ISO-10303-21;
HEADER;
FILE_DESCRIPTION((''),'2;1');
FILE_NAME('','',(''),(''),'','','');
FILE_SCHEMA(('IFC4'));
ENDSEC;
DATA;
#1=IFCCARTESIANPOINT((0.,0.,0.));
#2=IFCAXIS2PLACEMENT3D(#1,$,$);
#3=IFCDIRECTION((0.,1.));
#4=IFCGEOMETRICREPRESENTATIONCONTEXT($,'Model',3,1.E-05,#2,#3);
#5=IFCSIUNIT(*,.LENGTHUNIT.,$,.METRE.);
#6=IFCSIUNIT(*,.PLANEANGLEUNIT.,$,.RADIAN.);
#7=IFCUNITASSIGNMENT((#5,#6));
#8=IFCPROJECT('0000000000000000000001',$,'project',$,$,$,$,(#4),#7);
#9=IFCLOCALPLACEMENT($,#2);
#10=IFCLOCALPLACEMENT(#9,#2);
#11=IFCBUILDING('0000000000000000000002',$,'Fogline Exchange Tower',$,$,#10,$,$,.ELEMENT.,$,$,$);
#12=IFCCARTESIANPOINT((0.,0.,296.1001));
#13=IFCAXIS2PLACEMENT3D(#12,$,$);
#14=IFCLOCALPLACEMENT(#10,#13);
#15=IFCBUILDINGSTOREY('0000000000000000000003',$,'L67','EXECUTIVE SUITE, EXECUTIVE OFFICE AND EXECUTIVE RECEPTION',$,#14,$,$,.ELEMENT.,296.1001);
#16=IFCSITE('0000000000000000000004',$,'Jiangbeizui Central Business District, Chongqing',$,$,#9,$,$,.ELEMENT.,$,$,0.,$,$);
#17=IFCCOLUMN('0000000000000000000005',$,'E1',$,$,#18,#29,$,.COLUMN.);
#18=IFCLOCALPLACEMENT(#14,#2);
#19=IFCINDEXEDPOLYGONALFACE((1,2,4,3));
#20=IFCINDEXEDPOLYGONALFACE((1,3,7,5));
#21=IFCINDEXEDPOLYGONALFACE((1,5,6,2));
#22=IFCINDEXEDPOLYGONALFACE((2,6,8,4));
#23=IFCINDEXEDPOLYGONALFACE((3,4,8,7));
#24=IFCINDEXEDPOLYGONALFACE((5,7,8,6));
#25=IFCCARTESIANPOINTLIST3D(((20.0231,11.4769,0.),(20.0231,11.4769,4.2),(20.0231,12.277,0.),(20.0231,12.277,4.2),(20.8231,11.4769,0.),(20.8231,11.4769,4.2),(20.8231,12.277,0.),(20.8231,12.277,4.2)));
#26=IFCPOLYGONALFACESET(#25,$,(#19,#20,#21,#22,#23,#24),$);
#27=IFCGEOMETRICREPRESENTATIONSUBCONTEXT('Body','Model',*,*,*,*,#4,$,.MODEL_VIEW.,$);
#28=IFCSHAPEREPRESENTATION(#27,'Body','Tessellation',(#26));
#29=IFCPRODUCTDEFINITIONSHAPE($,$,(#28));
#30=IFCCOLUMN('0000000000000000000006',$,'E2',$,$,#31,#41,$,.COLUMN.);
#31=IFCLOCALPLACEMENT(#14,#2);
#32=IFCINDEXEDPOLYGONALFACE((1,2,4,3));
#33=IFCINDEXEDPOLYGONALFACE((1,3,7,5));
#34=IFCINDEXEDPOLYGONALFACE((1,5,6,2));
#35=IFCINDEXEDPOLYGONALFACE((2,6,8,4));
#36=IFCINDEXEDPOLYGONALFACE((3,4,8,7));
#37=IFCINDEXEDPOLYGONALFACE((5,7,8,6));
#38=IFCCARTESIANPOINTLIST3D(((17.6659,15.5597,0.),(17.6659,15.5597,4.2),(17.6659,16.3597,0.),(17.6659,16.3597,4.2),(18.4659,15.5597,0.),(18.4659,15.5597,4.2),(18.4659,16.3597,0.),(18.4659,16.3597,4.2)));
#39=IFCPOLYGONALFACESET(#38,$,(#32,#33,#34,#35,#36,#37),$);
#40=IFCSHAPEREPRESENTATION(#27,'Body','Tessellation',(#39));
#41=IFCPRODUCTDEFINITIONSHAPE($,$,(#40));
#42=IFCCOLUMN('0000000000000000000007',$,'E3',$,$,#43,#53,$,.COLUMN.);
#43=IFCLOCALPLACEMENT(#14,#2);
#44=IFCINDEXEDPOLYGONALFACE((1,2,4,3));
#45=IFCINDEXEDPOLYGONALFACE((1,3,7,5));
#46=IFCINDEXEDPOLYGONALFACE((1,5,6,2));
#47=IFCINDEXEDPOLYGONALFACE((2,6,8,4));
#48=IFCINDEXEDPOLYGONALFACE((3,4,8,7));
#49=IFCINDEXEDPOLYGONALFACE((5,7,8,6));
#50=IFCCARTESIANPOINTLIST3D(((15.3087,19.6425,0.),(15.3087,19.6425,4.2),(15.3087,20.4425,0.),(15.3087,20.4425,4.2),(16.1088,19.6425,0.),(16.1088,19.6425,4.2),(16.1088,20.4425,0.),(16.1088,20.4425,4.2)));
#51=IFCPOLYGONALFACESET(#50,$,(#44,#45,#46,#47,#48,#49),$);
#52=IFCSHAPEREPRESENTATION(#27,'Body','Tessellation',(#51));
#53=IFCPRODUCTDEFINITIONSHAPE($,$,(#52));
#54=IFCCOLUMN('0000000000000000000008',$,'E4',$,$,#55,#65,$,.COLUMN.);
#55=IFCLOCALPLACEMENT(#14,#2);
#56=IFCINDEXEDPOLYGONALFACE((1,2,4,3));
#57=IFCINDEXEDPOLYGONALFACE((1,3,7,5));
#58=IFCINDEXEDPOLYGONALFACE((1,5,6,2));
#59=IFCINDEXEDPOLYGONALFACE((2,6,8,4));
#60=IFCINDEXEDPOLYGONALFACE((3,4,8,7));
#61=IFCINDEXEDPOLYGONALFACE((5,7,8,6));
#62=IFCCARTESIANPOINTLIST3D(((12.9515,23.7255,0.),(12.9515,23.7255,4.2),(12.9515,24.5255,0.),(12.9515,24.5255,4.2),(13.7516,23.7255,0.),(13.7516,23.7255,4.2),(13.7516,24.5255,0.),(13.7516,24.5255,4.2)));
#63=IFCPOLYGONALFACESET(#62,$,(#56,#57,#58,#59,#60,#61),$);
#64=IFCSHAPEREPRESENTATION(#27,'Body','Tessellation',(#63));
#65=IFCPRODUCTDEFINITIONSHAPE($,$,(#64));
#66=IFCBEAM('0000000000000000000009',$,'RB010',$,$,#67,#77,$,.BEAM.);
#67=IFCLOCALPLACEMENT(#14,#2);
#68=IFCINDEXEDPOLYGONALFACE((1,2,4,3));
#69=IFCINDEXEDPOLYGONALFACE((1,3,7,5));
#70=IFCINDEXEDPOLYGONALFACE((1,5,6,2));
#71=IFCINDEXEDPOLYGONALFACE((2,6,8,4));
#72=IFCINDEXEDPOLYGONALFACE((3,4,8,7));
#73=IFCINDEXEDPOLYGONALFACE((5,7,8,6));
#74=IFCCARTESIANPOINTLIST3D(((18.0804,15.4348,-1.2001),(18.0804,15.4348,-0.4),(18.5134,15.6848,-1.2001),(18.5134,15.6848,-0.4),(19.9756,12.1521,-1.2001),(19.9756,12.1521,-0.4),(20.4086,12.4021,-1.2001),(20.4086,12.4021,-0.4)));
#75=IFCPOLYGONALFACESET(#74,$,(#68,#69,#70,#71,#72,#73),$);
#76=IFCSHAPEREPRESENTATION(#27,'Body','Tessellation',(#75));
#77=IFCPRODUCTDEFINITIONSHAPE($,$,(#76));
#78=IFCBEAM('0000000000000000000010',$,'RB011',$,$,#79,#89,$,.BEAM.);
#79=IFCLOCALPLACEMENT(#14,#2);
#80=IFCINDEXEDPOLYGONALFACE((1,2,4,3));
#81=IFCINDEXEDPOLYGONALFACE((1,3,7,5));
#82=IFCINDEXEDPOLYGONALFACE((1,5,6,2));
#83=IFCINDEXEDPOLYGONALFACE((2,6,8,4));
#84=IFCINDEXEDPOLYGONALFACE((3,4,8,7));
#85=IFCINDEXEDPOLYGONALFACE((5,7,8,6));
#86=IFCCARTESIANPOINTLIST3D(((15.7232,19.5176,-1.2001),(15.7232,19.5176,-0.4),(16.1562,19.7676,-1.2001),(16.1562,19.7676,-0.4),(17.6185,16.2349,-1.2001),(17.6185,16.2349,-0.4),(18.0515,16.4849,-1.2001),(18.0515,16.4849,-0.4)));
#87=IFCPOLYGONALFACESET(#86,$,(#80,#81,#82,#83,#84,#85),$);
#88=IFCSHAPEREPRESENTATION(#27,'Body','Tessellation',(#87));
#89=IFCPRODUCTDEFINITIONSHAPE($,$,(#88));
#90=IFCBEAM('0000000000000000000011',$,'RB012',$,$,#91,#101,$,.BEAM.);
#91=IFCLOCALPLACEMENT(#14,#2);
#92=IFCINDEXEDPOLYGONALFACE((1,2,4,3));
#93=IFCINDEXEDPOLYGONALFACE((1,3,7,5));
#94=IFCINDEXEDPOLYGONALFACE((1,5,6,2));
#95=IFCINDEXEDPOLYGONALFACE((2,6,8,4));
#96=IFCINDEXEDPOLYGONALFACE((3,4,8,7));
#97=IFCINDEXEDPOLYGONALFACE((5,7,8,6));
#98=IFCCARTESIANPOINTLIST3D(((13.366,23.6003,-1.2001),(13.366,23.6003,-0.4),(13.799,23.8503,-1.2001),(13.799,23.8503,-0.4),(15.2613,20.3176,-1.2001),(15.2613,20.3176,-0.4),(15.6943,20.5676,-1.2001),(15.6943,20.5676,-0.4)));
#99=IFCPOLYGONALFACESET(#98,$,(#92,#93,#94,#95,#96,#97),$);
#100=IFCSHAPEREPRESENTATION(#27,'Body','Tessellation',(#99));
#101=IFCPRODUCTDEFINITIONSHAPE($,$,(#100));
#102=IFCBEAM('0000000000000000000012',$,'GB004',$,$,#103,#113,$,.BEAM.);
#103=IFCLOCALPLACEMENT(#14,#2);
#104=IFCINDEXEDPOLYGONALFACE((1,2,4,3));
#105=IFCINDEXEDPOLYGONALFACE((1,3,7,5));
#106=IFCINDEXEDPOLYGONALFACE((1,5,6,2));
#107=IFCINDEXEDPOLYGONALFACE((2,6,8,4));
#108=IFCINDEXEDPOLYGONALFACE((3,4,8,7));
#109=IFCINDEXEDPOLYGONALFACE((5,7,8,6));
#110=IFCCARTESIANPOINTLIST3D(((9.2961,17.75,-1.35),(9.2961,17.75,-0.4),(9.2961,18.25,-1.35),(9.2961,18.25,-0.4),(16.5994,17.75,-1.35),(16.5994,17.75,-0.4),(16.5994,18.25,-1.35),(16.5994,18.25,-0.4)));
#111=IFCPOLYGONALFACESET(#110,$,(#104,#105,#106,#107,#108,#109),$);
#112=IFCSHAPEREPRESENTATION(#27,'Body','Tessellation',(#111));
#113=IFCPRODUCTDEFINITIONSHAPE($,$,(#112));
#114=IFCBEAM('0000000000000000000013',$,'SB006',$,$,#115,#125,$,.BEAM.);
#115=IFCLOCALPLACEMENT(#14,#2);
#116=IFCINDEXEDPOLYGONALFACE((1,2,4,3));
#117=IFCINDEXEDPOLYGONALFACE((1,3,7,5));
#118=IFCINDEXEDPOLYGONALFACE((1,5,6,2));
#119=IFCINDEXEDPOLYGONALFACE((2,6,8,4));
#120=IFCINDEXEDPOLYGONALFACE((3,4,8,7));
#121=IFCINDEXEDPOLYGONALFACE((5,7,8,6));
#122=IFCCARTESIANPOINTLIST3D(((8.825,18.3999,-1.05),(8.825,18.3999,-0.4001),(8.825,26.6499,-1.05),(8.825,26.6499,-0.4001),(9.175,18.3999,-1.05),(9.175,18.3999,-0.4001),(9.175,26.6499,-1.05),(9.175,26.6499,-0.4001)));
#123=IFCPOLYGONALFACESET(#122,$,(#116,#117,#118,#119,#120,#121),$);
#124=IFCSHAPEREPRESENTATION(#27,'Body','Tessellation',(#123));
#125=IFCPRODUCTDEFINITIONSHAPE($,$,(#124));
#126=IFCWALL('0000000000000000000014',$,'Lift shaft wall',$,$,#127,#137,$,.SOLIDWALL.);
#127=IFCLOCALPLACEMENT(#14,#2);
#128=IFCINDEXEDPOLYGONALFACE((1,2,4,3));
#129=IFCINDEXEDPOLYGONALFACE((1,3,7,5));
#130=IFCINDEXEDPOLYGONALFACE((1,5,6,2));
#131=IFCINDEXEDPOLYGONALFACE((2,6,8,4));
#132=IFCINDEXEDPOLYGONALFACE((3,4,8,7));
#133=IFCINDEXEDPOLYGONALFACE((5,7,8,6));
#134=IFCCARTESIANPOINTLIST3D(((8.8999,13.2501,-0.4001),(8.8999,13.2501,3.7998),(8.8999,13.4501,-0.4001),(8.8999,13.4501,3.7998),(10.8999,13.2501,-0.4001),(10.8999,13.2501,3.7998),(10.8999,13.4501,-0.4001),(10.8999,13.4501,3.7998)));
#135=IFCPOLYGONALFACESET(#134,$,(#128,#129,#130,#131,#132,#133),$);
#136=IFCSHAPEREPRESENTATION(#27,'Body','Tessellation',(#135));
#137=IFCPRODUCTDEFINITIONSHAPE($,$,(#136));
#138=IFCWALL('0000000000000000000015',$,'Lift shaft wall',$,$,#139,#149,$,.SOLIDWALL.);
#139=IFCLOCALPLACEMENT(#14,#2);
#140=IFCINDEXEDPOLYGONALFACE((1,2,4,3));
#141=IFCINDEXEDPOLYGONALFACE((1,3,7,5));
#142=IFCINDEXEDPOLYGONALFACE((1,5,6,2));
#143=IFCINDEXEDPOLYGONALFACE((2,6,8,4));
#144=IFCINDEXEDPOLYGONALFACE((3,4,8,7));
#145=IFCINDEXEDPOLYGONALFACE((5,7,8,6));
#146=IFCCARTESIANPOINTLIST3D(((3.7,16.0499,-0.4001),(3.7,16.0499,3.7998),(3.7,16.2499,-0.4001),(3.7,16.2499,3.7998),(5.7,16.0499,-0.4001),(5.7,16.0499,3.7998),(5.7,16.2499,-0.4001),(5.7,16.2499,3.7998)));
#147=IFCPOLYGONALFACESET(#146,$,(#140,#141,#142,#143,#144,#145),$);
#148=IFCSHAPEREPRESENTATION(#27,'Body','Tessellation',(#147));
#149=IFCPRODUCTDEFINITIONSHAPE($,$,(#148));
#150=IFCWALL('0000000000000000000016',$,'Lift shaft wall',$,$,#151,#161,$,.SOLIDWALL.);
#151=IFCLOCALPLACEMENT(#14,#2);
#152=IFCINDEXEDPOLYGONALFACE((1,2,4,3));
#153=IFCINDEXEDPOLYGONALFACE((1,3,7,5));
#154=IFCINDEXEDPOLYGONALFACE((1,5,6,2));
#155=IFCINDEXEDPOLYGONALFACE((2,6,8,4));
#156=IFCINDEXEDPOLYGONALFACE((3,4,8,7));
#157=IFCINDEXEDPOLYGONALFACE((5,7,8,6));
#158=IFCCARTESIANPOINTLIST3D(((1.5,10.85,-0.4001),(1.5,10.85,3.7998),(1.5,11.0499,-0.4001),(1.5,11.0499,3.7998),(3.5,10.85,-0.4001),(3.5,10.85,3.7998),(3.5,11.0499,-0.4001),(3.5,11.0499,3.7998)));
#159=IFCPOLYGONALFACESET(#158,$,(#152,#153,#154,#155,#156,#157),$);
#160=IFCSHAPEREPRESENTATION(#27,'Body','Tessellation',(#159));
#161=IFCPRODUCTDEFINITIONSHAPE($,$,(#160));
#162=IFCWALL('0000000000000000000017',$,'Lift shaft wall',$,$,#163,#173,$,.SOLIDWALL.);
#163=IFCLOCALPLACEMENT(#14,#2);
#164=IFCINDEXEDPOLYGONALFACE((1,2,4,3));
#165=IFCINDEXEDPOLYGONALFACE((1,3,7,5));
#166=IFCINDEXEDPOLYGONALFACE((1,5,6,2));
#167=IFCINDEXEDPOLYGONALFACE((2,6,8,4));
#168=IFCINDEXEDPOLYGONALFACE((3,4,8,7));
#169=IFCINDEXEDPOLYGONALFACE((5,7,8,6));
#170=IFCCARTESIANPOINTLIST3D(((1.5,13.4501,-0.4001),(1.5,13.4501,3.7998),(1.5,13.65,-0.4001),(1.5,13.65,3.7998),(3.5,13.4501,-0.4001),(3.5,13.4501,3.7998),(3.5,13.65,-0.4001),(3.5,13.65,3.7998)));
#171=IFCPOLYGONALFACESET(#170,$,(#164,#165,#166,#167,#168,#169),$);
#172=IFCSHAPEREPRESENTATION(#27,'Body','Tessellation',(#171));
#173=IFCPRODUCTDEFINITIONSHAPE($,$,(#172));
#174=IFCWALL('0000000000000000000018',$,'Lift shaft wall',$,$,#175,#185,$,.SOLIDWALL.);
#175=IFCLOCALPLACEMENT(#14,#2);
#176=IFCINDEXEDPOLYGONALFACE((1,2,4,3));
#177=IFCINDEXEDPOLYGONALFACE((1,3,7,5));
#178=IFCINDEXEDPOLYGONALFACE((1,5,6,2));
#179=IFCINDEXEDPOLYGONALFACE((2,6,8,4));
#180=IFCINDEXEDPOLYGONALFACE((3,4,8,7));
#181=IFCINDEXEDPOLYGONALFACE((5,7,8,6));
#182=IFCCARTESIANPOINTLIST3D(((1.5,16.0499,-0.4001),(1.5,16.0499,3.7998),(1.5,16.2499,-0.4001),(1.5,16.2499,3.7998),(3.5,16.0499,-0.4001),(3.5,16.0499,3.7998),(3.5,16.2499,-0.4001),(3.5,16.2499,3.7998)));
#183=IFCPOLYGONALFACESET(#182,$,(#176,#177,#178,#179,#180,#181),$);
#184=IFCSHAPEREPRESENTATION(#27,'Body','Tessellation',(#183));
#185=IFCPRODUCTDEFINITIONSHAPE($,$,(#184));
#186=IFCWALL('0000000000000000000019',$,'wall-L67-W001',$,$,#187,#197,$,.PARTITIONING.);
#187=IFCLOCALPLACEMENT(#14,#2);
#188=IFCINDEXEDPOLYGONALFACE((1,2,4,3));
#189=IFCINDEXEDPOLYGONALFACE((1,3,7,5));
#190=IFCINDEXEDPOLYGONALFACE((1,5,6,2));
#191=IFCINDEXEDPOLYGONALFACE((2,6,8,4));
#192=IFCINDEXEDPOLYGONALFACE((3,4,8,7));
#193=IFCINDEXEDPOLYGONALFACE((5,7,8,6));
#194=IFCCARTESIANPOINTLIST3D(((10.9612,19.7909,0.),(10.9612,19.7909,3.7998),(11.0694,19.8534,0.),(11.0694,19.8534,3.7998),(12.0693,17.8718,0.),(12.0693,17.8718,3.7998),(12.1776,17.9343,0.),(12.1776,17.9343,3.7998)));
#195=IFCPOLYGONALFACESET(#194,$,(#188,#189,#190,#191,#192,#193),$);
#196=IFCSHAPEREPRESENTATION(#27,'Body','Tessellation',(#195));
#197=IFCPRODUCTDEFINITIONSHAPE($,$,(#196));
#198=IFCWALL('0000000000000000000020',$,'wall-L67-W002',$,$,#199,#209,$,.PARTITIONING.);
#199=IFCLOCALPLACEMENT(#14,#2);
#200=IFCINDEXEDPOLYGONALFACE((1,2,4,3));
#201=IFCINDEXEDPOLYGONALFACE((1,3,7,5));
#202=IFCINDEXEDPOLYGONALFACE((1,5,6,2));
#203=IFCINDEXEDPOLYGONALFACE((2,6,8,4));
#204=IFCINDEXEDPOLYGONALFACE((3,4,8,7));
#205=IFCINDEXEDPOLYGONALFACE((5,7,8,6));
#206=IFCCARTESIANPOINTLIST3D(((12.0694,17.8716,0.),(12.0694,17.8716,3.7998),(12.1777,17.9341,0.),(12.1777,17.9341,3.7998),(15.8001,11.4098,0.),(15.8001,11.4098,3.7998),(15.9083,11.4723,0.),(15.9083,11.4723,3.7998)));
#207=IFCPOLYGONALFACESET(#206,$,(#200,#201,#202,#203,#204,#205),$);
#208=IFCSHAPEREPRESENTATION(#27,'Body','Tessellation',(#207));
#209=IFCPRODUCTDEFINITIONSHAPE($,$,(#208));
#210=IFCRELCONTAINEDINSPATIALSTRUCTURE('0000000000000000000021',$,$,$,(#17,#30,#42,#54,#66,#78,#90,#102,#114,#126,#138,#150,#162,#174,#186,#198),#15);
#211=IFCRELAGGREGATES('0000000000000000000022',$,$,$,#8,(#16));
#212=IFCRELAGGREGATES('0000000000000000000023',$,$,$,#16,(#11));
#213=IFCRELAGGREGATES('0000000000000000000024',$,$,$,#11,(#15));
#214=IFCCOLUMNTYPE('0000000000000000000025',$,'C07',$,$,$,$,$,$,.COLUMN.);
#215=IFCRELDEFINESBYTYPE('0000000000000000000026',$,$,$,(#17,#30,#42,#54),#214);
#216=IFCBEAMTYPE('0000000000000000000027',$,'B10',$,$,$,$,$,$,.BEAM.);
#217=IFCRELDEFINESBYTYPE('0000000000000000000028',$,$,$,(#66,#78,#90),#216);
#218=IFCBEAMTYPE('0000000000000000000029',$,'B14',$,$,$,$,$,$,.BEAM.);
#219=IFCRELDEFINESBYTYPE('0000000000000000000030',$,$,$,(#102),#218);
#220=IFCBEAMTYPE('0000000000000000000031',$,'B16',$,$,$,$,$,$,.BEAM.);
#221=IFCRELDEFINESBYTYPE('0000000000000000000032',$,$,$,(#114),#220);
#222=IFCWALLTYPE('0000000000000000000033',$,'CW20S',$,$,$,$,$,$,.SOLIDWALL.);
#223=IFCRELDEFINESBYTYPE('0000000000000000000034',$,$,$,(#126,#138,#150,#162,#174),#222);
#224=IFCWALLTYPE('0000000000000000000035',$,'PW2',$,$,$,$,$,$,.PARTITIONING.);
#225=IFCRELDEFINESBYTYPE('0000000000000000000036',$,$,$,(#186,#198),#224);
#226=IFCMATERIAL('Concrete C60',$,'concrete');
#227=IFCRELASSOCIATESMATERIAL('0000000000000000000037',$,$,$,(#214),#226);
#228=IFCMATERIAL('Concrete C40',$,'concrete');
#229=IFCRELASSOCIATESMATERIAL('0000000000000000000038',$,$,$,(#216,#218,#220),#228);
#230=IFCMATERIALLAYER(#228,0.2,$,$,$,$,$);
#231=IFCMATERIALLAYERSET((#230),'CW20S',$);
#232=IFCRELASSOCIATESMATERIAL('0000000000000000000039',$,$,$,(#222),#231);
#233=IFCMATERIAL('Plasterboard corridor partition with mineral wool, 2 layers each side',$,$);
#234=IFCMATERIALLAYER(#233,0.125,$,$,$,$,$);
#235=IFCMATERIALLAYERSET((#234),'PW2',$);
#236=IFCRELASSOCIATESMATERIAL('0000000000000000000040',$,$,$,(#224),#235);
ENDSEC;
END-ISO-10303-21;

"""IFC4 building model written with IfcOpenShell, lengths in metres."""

from ifc_helpers import new_model, si_unit, direction, frame, frame_2d, origin, origin_2d, place, context, subcontext, project, spatial, rectangle, extrude, material, layer, layer_set, material_profile, profile_set, type_object, element, save


model = new_model("IFC4")

# Units and contexts
model_context = context("Model", 3, precision=1e-05, world=origin(), true_north=direction((0.0, 1.0)))
body_context = subcontext(model_context, "Body", "Model", "MODEL_VIEW")
ifc_project = project(units=[si_unit("LENGTHUNIT", "METRE"), si_unit("PLANEANGLEUNIT", "RADIAN")], contexts=[model_context])

# Site, building, storey
site_placement = place(None, origin())
site = spatial("IfcSite", under=ifc_project, at=site_placement, Name="Jiangbeizui Central Business District, Chongqing", CompositionType="ELEMENT", RefElevation=0.0)
building_placement = place(site_placement, origin())
building = spatial("IfcBuilding", under=site, at=building_placement, Name="Fogline Exchange Tower", CompositionType="ELEMENT")
storey_placement = place(building_placement, frame((0.0, 0.0, 296.1001)))
storey = spatial("IfcBuildingStorey", under=building, at=storey_placement, Name="L67", Description="EXECUTIVE SUITE, EXECUTIVE OFFICE AND EXECUTIVE RECEPTION", CompositionType="ELEMENT", Elevation=296.1001)

# Columns
ifc_material_1 = material(Name="Concrete C60", Category="concrete")
ifc_material_profile_1 = material_profile(ifc_material_1, rectangle(XDim=0.8, YDim=0.8, at=origin_2d()), Name="RC 800x800")
ifc_profile_set_1 = profile_set([ifc_material_profile_1], Name="Concrete C60")
column_type = type_object("IfcColumnType", Name="C07", PredefinedType="COLUMN", material=ifc_profile_set_1)
for number, where, z_axis, x_axis, name in (
    (1, (20.4231, 11.877, 0.0), (0.0, 0.0, 1.0), (1.0, 0.0, 0.0), "E1"),
    (2, (18.0659, 15.9597, 0.0), (0.0, 0.0, 1.0), (1.0, 0.0, 0.0), "E2"),
    (3, (15.7087, 20.0425, 0.0), (0.0, 0.0, 1.0), (1.0, 0.0, 0.0), "E3"),
    (4, (13.3516, 24.1255, 0.0), (0.0, 0.0, 1.0), (1.0, 0.0, 0.0), "E4"),
):
    element("IfcColumn", number, at=place(storey_placement, frame(where, z_axis=z_axis, x_axis=x_axis)), inside=storey, type_object=column_type, Name=name, PredefinedType="COLUMN", context=body_context, shape_type="SweptSolid", body=[
        extrude(rectangle(XDim=0.8, YDim=0.8, at=origin_2d()), origin(), (0.0, 0.0, 1.0), 4.2),
    ])

# Beams
ifc_material_2 = material(Name="Concrete C40", Category="concrete")
ifc_material_profile_2 = material_profile(ifc_material_2, rectangle(XDim=0.5, YDim=0.8, at=origin_2d()), Name="RC 500x800")
ifc_profile_set_2 = profile_set([ifc_material_profile_2], Name="Concrete C40")
beam_type_1 = type_object("IfcBeamType", Name="B10", PredefinedType="BEAM", material=ifc_profile_set_2)
for number, where, z_axis, x_axis, name in (
    (5, (20.1921, 12.2771, -0.8), (-0.499998, 0.866027, 0.0), (-0.866027, -0.499998, 0.0), "RB010"),
    (6, (17.835, 16.3599, -0.8), (-0.499998, 0.866027, 0.0), (-0.866027, -0.499998, 0.0), "RB011"),
    (7, (15.4778, 20.4426, -0.8), (-0.499998, 0.866027, 0.0), (-0.866027, -0.499998, 0.0), "RB012"),
):
    element("IfcBeam", number, at=place(storey_placement, frame(where, z_axis=z_axis, x_axis=x_axis)), inside=storey, type_object=beam_type_1, Name=name, PredefinedType="BEAM", context=body_context, shape_type="SweptSolid", body=[
        extrude(rectangle(XDim=0.5, YDim=0.8, at=origin_2d()), origin(), (0.0, 0.0, 1.0), 3.7905),
    ])
ifc_material_profile_3 = material_profile(ifc_material_2, rectangle(XDim=0.5, YDim=0.95, at=origin_2d()), Name="RC 500x950")
ifc_profile_set_3 = profile_set([ifc_material_profile_3], Name="Concrete C40")
beam_type_2 = type_object("IfcBeamType", Name="B14", PredefinedType="BEAM", material=ifc_profile_set_3)
beam_1_placement = place(storey_placement, frame((9.2961, 18.0, -0.875), z_axis=(1.0, 0.0, 0.0), x_axis=(0.0, 1.0, 0.0)))
element("IfcBeam", 8, at=beam_1_placement, inside=storey, type_object=beam_type_2, Name="GB004", PredefinedType="BEAM", context=body_context, shape_type="SweptSolid", body=[
    extrude(rectangle(XDim=0.5, YDim=0.95, at=origin_2d()), origin(), (0.0, 0.0, 1.0), 7.3032),
])
ifc_material_profile_4 = material_profile(ifc_material_2, rectangle(XDim=0.3501, YDim=0.6499, at=origin_2d()), Name="RC 350x650")
ifc_profile_set_4 = profile_set([ifc_material_profile_4], Name="Concrete C40")
beam_type_3 = type_object("IfcBeamType", Name="B16", PredefinedType="BEAM", material=ifc_profile_set_4)
beam_2_placement = place(storey_placement, frame((9.0, 18.3999, -0.7251), z_axis=(0.0, 1.0, 0.0), x_axis=(-1.0, 0.0, 0.0)))
element("IfcBeam", 9, at=beam_2_placement, inside=storey, type_object=beam_type_3, Name="SB006", PredefinedType="BEAM", context=body_context, shape_type="SweptSolid", body=[
    extrude(rectangle(XDim=0.3501, YDim=0.6499, at=origin_2d()), origin(), (0.0, 0.0, 1.0), 8.25),
])

# Walls
ifc_layer_1 = layer(ifc_material_2, 0.2)
ifc_layer_set_1 = layer_set([ifc_layer_1], Name="CW20S")
wall_type_1 = type_object("IfcWallType", Name="CW20S", PredefinedType="SOLIDWALL", material=ifc_layer_set_1)
for number, where, z_axis, x_axis, name in (
    (10, (8.8999, 13.3501, -0.4001), (0.0, 0.0, 1.0), (1.0, 0.0, 0.0), "Lift shaft wall"),
    (11, (3.7, 16.1499, -0.4001), (0.0, 0.0, 1.0), (1.0, 0.0, 0.0), "Lift shaft wall"),
    (12, (1.5, 10.95, -0.4001), (0.0, 0.0, 1.0), (1.0, 0.0, 0.0), "Lift shaft wall"),
    (13, (1.5, 13.55, -0.4001), (0.0, 0.0, 1.0), (1.0, 0.0, 0.0), "Lift shaft wall"),
    (14, (1.5, 16.1499, -0.4001), (0.0, 0.0, 1.0), (1.0, 0.0, 0.0), "Lift shaft wall"),
):
    element("IfcWall", number, at=place(storey_placement, frame(where, z_axis=z_axis, x_axis=x_axis)), inside=storey, type_object=wall_type_1, Name=name, PredefinedType="SOLIDWALL", context=body_context, shape_type="SweptSolid", body=[
        extrude(rectangle(XDim=2.0, YDim=0.2, at=frame_2d((1.0, 0.0))), origin(), (0.0, 0.0, 1.0), 4.2),
    ])
ifc_material_3 = material(Name="Plasterboard corridor partition with mineral wool, 2 layers each side")
ifc_layer_2 = layer(ifc_material_3, 0.125)
ifc_layer_set_2 = layer_set([ifc_layer_2], Name="PW2")
wall_type_2 = type_object("IfcWallType", Name="PW2", PredefinedType="PARTITIONING", material=ifc_layer_set_2)
wall_1_placement = place(storey_placement, frame((11.0154, 19.822, 0.0), z_axis=(0.0, 0.0, 1.0), x_axis=(0.500037, -0.866004, 0.0)))
element("IfcWall", 15, at=wall_1_placement, inside=storey, type_object=wall_type_2, Name="wall-L67-W001", PredefinedType="PARTITIONING", context=body_context, shape_type="SweptSolid", body=[
    extrude(rectangle(XDim=2.2161, YDim=0.125, at=frame_2d((1.1079, 0.0))), origin(), (0.0, 0.0, 1.0), 3.7998),
])
wall_2_placement = place(storey_placement, frame((12.1235, 17.9028, 0.0), z_axis=(0.0, 0.0, 1.0), x_axis=(0.499992, -0.86603, 0.0)))
element("IfcWall", 16, at=wall_2_placement, inside=storey, type_object=wall_type_2, Name="wall-L67-W002", PredefinedType="PARTITIONING", context=body_context, shape_type="SweptSolid", body=[
    extrude(rectangle(XDim=7.4614, YDim=0.125, at=frame_2d((3.7307, 0.0))), origin(), (0.0, 0.0, 1.0), 3.7998),
])

save(model, "model.ifc")
